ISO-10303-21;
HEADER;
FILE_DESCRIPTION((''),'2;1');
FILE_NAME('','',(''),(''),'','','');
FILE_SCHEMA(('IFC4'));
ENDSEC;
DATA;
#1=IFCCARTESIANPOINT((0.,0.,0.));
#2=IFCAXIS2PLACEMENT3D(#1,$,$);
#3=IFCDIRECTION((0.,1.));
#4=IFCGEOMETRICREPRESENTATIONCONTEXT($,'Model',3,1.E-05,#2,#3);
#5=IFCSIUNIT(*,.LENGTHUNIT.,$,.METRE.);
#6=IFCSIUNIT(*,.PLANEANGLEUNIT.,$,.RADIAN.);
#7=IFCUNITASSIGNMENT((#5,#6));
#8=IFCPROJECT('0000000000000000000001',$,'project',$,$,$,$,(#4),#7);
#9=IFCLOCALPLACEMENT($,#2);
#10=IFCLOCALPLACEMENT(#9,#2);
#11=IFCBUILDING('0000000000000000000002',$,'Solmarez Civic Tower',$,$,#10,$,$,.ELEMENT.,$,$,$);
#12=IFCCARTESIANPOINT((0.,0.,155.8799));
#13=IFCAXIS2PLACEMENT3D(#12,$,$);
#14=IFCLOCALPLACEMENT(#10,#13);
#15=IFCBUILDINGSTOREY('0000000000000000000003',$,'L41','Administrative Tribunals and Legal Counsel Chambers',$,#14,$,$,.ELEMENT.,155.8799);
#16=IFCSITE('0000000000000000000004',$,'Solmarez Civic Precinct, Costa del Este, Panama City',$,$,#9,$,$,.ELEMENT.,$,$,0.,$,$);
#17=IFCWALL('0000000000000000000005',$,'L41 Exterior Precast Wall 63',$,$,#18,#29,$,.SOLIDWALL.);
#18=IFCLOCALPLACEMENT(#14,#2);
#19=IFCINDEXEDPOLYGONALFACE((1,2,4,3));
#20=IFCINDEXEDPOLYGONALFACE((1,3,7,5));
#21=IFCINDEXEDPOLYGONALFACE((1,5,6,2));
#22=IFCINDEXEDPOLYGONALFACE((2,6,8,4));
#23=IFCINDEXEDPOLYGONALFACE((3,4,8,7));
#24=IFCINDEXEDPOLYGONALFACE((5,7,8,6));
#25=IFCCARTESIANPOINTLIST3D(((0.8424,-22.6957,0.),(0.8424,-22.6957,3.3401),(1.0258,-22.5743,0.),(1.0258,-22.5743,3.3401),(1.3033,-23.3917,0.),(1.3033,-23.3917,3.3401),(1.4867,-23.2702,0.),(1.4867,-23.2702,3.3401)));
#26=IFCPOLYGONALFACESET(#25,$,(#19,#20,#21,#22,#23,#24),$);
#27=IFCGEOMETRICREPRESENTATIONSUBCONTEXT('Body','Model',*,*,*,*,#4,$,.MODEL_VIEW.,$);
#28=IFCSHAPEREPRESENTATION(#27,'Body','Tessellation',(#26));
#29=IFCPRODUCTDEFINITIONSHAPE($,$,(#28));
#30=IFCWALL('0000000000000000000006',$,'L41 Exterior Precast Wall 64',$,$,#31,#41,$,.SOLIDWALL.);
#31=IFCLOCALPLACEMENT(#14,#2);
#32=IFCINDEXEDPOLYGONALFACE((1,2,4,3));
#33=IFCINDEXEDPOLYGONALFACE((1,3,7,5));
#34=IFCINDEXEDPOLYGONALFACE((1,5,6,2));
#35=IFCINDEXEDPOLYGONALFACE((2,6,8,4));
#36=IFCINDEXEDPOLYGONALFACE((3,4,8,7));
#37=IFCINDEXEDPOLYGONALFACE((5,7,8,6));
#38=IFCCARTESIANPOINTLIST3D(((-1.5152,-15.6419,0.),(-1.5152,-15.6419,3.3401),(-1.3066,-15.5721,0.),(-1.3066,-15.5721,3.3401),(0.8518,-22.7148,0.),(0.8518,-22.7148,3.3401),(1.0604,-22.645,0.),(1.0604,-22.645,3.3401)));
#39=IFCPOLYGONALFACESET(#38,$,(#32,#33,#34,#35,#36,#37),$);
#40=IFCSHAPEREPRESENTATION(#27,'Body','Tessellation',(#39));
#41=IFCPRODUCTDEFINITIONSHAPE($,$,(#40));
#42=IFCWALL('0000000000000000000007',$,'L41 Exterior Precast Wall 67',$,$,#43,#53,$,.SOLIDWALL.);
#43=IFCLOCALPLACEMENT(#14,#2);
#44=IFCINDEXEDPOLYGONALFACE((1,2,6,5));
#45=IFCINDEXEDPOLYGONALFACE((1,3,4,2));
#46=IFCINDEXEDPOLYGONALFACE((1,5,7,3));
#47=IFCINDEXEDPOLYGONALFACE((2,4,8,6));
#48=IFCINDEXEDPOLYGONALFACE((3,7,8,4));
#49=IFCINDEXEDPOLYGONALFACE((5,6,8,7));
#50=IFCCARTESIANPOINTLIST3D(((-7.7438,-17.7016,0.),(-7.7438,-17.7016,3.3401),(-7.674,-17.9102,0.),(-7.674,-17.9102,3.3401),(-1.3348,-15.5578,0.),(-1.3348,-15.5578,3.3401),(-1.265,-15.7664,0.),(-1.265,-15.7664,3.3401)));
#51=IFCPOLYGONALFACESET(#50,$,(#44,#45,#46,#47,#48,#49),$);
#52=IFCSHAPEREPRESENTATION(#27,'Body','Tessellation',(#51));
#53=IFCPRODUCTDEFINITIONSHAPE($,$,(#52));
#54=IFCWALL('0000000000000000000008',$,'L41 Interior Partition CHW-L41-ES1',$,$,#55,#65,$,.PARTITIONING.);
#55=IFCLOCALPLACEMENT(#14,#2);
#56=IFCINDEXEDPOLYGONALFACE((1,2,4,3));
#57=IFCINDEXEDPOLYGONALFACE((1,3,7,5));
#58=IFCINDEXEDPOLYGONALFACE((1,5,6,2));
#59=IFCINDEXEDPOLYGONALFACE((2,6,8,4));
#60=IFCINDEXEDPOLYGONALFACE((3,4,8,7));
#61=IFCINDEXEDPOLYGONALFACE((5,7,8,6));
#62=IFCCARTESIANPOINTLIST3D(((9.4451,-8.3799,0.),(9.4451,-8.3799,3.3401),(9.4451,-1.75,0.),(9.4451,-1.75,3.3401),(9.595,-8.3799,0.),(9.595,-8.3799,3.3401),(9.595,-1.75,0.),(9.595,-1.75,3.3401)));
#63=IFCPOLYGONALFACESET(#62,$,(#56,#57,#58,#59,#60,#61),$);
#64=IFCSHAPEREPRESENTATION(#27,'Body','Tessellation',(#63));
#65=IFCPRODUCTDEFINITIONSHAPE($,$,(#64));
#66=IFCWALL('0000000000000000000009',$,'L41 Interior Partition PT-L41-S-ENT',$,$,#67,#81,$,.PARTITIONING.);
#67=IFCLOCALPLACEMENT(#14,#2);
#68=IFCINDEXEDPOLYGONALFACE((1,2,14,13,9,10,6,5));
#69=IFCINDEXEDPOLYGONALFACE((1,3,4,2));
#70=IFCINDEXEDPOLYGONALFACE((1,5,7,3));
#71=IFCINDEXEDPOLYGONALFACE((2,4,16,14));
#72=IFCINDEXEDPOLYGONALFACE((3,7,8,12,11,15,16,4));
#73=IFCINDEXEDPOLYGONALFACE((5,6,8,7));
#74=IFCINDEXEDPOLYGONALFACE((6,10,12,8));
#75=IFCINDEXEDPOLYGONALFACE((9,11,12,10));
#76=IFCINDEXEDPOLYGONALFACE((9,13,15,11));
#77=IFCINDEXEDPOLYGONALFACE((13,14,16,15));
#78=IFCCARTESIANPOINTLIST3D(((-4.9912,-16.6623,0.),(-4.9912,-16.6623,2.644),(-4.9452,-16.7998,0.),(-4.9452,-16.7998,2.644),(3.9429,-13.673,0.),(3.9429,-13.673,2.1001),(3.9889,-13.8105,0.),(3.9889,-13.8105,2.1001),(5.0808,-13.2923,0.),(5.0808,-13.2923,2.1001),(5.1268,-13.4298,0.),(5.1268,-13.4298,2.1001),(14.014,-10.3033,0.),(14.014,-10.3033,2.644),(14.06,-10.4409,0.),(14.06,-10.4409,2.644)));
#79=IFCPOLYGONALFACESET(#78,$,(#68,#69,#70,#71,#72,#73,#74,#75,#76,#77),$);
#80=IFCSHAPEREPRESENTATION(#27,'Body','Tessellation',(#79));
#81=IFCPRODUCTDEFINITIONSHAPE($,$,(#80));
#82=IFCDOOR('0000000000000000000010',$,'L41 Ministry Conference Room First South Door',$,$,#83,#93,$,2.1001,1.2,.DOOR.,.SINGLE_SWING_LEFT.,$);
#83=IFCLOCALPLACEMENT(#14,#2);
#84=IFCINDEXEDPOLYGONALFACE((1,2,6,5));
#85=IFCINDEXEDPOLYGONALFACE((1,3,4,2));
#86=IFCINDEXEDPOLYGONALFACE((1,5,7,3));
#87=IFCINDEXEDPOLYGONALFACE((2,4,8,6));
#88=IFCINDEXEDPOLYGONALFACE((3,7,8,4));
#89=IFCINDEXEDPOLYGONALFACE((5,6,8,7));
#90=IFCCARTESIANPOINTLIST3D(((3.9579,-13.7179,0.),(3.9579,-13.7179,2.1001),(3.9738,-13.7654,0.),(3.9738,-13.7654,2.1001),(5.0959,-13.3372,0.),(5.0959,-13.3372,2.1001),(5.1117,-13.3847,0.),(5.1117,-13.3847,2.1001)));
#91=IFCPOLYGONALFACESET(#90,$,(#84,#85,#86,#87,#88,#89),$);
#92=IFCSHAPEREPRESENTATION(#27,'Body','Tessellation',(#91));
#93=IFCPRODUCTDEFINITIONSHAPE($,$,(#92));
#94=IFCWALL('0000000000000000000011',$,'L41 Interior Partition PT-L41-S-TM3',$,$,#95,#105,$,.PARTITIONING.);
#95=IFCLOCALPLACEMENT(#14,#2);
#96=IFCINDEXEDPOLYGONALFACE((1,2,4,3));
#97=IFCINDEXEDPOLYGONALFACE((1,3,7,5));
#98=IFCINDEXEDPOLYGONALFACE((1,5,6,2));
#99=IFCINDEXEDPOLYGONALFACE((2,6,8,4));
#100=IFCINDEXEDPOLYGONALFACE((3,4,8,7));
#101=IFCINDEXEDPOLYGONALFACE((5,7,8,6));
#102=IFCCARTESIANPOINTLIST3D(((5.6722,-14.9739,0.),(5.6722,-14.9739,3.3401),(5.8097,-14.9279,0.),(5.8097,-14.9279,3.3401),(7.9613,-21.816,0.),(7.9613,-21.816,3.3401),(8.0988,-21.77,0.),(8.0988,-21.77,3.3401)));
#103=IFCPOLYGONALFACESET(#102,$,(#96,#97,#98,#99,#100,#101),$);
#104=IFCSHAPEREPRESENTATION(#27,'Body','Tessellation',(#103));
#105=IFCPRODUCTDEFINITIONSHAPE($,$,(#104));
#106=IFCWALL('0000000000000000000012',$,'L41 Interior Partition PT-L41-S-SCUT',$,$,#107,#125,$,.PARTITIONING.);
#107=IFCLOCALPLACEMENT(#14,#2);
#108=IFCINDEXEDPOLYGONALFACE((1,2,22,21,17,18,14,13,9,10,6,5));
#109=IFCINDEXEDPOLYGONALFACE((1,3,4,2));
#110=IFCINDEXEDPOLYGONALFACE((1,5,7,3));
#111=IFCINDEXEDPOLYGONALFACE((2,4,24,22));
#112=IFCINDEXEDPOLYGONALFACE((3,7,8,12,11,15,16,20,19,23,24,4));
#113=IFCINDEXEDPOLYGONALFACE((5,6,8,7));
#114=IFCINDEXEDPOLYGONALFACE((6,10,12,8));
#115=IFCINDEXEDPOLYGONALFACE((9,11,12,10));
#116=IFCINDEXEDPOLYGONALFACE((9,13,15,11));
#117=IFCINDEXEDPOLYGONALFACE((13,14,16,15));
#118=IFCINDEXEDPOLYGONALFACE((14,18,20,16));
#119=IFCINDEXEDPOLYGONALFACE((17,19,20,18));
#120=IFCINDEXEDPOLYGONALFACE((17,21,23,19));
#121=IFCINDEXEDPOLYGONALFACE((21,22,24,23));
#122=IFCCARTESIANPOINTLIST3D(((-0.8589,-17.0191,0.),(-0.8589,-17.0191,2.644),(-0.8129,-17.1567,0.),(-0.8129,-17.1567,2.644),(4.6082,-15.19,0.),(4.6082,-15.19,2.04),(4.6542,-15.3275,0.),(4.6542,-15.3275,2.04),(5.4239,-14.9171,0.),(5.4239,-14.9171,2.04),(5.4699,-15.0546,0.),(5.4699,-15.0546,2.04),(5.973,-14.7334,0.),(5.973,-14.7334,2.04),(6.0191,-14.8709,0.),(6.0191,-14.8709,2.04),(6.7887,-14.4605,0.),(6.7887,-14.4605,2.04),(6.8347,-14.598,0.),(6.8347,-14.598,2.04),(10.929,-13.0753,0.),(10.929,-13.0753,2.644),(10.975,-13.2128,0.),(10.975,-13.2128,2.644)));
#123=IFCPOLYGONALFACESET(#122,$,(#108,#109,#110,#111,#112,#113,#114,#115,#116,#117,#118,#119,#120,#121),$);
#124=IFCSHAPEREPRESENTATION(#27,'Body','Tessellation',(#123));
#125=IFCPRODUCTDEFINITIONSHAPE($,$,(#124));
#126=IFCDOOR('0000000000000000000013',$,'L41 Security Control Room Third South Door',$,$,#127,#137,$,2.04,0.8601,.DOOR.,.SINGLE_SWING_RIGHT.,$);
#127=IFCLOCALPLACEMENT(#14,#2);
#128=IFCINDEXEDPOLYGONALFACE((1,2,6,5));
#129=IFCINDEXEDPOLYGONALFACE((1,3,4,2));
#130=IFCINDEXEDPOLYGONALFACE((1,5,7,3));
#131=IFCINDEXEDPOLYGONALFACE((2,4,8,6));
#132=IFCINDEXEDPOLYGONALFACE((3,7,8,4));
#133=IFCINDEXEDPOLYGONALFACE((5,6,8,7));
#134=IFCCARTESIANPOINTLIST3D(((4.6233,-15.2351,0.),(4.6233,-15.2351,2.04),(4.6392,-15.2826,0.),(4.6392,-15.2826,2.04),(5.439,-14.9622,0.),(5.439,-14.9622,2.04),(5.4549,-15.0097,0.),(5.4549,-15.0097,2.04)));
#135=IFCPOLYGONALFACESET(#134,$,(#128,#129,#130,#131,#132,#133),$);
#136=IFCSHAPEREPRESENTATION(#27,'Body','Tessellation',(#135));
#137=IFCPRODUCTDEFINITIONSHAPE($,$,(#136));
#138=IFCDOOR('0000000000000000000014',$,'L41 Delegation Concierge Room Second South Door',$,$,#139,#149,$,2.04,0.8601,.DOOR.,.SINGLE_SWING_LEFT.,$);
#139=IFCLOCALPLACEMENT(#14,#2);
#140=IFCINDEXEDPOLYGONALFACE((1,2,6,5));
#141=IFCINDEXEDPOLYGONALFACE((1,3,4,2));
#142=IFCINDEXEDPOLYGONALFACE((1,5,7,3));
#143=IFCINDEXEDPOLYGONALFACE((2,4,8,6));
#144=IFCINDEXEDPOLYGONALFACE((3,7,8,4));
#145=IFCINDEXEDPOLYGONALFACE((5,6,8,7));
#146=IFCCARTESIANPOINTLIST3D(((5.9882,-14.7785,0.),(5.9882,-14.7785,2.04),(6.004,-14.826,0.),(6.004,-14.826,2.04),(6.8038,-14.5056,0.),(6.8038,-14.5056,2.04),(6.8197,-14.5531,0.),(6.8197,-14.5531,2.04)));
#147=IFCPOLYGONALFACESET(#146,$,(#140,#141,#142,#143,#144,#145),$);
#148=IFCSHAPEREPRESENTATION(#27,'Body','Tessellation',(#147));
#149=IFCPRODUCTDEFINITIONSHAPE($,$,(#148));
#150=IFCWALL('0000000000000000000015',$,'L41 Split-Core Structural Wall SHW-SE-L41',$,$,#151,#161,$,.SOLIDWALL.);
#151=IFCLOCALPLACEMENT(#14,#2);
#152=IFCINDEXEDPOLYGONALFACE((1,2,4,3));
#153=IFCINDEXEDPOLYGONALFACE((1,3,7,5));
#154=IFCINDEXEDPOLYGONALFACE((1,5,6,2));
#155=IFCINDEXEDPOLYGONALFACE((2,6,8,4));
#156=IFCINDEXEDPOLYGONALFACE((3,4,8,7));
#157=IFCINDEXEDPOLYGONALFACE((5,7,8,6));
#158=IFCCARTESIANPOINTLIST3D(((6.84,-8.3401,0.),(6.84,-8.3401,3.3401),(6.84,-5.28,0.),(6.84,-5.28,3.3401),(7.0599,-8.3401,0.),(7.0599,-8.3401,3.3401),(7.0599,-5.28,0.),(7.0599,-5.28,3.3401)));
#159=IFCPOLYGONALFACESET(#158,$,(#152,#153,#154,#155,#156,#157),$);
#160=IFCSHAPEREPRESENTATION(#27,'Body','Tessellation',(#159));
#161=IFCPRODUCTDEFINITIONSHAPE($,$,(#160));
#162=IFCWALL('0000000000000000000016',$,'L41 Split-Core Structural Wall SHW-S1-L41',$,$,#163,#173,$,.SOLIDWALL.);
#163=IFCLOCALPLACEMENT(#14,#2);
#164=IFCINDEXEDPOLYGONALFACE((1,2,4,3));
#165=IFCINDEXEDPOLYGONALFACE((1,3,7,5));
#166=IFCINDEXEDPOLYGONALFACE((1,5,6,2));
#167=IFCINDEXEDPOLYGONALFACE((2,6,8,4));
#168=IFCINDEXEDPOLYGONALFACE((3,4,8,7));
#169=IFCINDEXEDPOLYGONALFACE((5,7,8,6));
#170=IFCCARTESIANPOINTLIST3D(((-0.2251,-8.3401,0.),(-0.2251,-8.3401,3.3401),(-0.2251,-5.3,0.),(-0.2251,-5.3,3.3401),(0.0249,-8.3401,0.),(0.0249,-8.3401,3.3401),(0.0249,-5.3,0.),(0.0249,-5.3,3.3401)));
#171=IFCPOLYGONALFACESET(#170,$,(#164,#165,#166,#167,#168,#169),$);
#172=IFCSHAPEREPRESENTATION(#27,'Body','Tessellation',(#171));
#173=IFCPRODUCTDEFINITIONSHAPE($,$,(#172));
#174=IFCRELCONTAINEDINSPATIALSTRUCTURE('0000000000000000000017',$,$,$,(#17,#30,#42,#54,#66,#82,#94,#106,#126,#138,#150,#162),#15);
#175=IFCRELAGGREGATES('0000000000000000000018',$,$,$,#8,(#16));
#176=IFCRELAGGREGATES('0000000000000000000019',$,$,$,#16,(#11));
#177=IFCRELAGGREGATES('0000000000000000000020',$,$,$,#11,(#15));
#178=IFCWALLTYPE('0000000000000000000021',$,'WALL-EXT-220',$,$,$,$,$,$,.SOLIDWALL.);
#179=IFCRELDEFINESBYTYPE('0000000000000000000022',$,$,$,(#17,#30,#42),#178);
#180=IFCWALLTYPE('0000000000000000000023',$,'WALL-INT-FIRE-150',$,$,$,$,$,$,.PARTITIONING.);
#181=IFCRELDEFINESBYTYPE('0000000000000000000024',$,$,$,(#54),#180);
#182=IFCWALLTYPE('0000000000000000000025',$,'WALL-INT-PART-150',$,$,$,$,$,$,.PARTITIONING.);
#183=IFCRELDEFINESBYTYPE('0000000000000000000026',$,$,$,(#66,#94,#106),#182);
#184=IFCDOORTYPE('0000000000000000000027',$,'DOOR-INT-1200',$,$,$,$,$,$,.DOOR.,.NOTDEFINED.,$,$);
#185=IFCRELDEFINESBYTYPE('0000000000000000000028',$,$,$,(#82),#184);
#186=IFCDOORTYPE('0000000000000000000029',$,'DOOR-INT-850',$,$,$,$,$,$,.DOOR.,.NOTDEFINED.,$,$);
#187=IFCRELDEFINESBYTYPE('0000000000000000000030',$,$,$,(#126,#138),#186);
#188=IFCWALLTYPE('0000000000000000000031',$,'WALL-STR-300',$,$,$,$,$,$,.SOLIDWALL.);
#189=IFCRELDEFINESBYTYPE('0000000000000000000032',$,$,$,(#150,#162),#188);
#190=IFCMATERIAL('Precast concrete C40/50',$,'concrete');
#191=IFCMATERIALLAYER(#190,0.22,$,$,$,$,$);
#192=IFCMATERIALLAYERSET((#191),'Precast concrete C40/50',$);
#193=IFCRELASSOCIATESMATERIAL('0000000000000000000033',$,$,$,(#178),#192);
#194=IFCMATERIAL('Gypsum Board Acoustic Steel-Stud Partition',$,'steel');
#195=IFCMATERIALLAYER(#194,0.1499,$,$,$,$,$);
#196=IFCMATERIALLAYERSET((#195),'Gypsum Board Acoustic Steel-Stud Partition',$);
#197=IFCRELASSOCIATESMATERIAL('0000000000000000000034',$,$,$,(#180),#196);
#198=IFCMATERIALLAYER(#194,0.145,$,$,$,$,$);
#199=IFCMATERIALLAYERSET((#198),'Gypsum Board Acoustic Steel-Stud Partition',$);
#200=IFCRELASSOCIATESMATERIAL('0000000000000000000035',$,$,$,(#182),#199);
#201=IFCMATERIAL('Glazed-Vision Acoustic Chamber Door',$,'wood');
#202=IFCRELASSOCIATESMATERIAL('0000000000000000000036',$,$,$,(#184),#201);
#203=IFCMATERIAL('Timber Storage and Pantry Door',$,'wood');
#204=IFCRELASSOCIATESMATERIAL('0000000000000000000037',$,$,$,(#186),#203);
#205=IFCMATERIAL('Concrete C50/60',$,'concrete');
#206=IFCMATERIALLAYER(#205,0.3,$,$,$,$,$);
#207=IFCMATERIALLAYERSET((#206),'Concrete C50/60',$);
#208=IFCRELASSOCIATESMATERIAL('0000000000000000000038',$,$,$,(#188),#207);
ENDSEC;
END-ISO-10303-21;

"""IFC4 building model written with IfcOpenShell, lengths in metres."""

from ifc_helpers import new_model, si_unit, direction, frame, frame_2d, origin, place, context, subcontext, project, spatial, rectangle, extrude, material, layer, layer_set, type_object, element, fill, save


model = new_model("IFC4")

# Units and contexts
model_context = context("Model", 3, precision=1e-05, world=origin(), true_north=direction((0.0, 1.0)))
body_context = subcontext(model_context, "Body", "Model", "MODEL_VIEW")
ifc_project = project(units=[si_unit("LENGTHUNIT", "METRE"), si_unit("PLANEANGLEUNIT", "RADIAN")], contexts=[model_context])

# Site, building, storey
site_placement = place(None, origin())
site = spatial("IfcSite", under=ifc_project, at=site_placement, Name="Solmarez Civic Precinct, Costa del Este, Panama City", CompositionType="ELEMENT", RefElevation=0.0)
building_placement = place(site_placement, origin())
building = spatial("IfcBuilding", under=site, at=building_placement, Name="Solmarez Civic Tower", CompositionType="ELEMENT")
storey_placement = place(building_placement, frame((0.0, 0.0, 155.8799)))
storey = spatial("IfcBuildingStorey", under=building, at=storey_placement, Name="L41", Description="Administrative Tribunals and Legal Counsel Chambers", CompositionType="ELEMENT", Elevation=155.8799)

# Shared definitions
ifc_material_1 = material(Name="Concrete C50/60", Category="concrete")

# Shared definitions
ifc_material_2 = material(Name="Precast concrete C40/50", Category="concrete")
ifc_layer_1 = layer(ifc_material_2, 0.22)
ifc_layer_set_1 = layer_set([ifc_layer_1], Name="Precast concrete C40/50")
wall_type_1 = type_object("IfcWallType", Name="WALL-EXT-220", PredefinedType="SOLIDWALL", material=ifc_layer_set_1)

# Walls
wall_1_placement = place(storey_placement, frame((1.395, -23.3311, 0.0), z_axis=(0.0, 0.0, 1.0), x_axis=(-0.552133, 0.833756, 0.0)))
element("IfcWall", 1, at=wall_1_placement, inside=storey, type_object=wall_type_1, Name="L41 Exterior Precast Wall 63", PredefinedType="SOLIDWALL", context=body_context, shape_type="SweptSolid", body=[
    extrude(rectangle(XDim=0.8347, YDim=0.22, at=frame_2d((0.4175, 0.0))), origin(), (0.0, 0.0, 1.0), 3.3401),
])
wall_2_placement = place(storey_placement, frame((0.9561, -22.6799, 0.0), z_axis=(0.0, 0.0, 1.0), x_axis=(-0.317347, 0.948309, 0.0)))
element("IfcWall", 2, at=wall_2_placement, inside=storey, type_object=wall_type_1, Name="L41 Exterior Precast Wall 64", PredefinedType="SOLIDWALL", context=body_context, shape_type="SweptSolid", body=[
    extrude(rectangle(XDim=7.4585, YDim=0.22, at=frame_2d((3.7292, 0.0))), origin(), (0.0, 0.0, 1.0), 3.3401),
])
wall_3_placement = place(storey_placement, frame((-1.3, -15.6621, 0.0), z_axis=(0.0, 0.0, 1.0), x_axis=(-0.94835, -0.317225, 0.0)))
element("IfcWall", 3, at=wall_3_placement, inside=storey, type_object=wall_type_1, Name="L41 Exterior Precast Wall 67", PredefinedType="SOLIDWALL", context=body_context, shape_type="SweptSolid", body=[
    extrude(rectangle(XDim=6.7581, YDim=0.22, at=frame_2d((3.3789, 0.0))), origin(), (0.0, 0.0, 1.0), 3.3401),
])
ifc_material_3 = material(Name="Gypsum Board Acoustic Steel-Stud Partition", Category="steel")
ifc_layer_2 = layer(ifc_material_3, 0.1499)
ifc_layer_set_2 = layer_set([ifc_layer_2], Name="Gypsum Board Acoustic Steel-Stud Partition")
wall_type_2 = type_object("IfcWallType", Name="WALL-INT-FIRE-150", PredefinedType="PARTITIONING", material=ifc_layer_set_2)
wall_4_placement = place(storey_placement, frame((9.52, -8.3799, 0.0), z_axis=(0.0, 0.0, 1.0), x_axis=(0.0, 1.0, 0.0)))
element("IfcWall", 4, at=wall_4_placement, inside=storey, type_object=wall_type_2, Name="L41 Interior Partition CHW-L41-ES1", PredefinedType="PARTITIONING", context=body_context, shape_type="SweptSolid", body=[
    extrude(rectangle(XDim=6.6299, YDim=0.1499, at=frame_2d((3.3149, 0.0))), origin(), (0.0, 0.0, 1.0), 3.3401),
])

# Wall, opening, door
ifc_layer_3 = layer(ifc_material_3, 0.145)
ifc_layer_set_3 = layer_set([ifc_layer_3], Name="Gypsum Board Acoustic Steel-Stud Partition")
wall_type_3 = type_object("IfcWallType", Name="WALL-INT-PART-150", PredefinedType="PARTITIONING", material=ifc_layer_set_3)
wall_5_placement = place(storey_placement, frame((14.0371, -10.3721, 0.0), z_axis=(0.0, 0.0, 1.0), x_axis=(-0.948326, -0.317298, 0.0)))
wall_5 = element("IfcWall", 5, at=wall_5_placement, inside=storey, type_object=wall_type_3, Name="L41 Interior Partition PT-L41-S-ENT", PredefinedType="PARTITIONING", context=body_context, shape_type="SweptSolid", body=[
    extrude(rectangle(XDim=20.0408, YDim=0.145, at=frame_2d((10.0205, 0.0))), origin(), (0.0, 0.0, 1.0), 2.644),
])
opening_1_placement = place(wall_5_placement, frame((9.4199, 0.0, 0.0)))
opening_1 = element("IfcOpeningElement", 6, at=opening_1_placement, cuts=wall_5, PredefinedType="OPENING", context=body_context, shape_type="SweptSolid", body=[
    extrude(rectangle(XDim=1.2, YDim=2.1001, at=frame_2d((0.6001, 1.05))), frame((0.0, 0.0825, 0.0), z_axis=(0.0, -1.0, 0.0), x_axis=(1.0, 0.0, 0.0)), (0.0, 0.0, 1.0), 0.165),
])
ifc_material_4 = material(Name="Glazed-Vision Acoustic Chamber Door", Category="wood")
door_type_1 = type_object("IfcDoorType", Name="DOOR-INT-1200", OperationType="NOTDEFINED", PredefinedType="DOOR", material=ifc_material_4)
door_1_placement = place(opening_1_placement, origin())
door_1 = element("IfcDoor", 7, at=door_1_placement, inside=storey, type_object=door_type_1, Name="L41 Ministry Conference Room First South Door", OperationType="SINGLE_SWING_LEFT", OverallHeight=2.1001, OverallWidth=1.2, PredefinedType="DOOR", context=body_context, shape_type="SweptSolid", body=[
    extrude(rectangle(XDim=1.2, YDim=2.1001, at=frame_2d((0.6001, 1.05))), frame((0.0, 0.0249, 0.0), z_axis=(0.0, -1.0, 0.0), x_axis=(1.0, 0.0, 0.0)), (0.0, 0.0, 1.0), 0.05),
])
fill(opening_1, door_1)

# Wall
wall_6_placement = place(storey_placement, frame((5.741, -14.9509, 0.0), z_axis=(0.0, 0.0, 1.0), x_axis=(0.317273, -0.948334, 0.0)))
element("IfcWall", 8, at=wall_6_placement, inside=storey, type_object=wall_type_3, Name="L41 Interior Partition PT-L41-S-TM3", PredefinedType="PARTITIONING", context=body_context, shape_type="SweptSolid", body=[
    extrude(rectangle(XDim=7.2148, YDim=0.145, at=frame_2d((3.6074, 0.0))), origin(), (0.0, 0.0, 1.0), 3.3401),
])

# Wall, openings, doors
wall_7_placement = place(storey_placement, frame((-0.8359, -17.0879, 0.0), z_axis=(0.0, 0.0, 1.0), x_axis=(0.948331, 0.317282, 0.0)))
wall_7 = element("IfcWall", 9, at=wall_7_placement, inside=storey, type_object=wall_type_3, Name="L41 Interior Partition PT-L41-S-SCUT", PredefinedType="PARTITIONING", context=body_context, shape_type="SweptSolid", body=[
    extrude(rectangle(XDim=12.4302, YDim=0.145, at=frame_2d((6.2151, 0.0))), origin(), (0.0, 0.0, 1.0), 2.644),
])
opening_2_placement = place(wall_7_placement, frame((5.7649, 0.0, 0.0)))
opening_2 = element("IfcOpeningElement", 10, at=opening_2_placement, cuts=wall_7, PredefinedType="OPENING", context=body_context, shape_type="SweptSolid", body=[
    extrude(rectangle(XDim=0.8601, YDim=2.04, at=frame_2d((0.4302, 1.02))), frame((0.0, 0.0825, 0.0), z_axis=(0.0, -1.0, 0.0), x_axis=(1.0, 0.0, 0.0)), (0.0, 0.0, 1.0), 0.165),
])
opening_3_placement = place(wall_7_placement, frame((7.2041, 0.0, 0.0)))
opening_3 = element("IfcOpeningElement", 11, at=opening_3_placement, cuts=wall_7, PredefinedType="OPENING", context=body_context, shape_type="SweptSolid", body=[
    extrude(rectangle(XDim=0.8601, YDim=2.04, at=frame_2d((0.4302, 1.02))), frame((0.0, 0.0825, 0.0), z_axis=(0.0, -1.0, 0.0), x_axis=(1.0, 0.0, 0.0)), (0.0, 0.0, 1.0), 0.165),
])
ifc_material_5 = material(Name="Timber Storage and Pantry Door", Category="wood")
door_type_2 = type_object("IfcDoorType", Name="DOOR-INT-850", OperationType="NOTDEFINED", PredefinedType="DOOR", material=ifc_material_5)
door_2_placement = place(opening_2_placement, origin())
door_2 = element("IfcDoor", 12, at=door_2_placement, inside=storey, type_object=door_type_2, Name="L41 Security Control Room Third South Door", OperationType="SINGLE_SWING_RIGHT", OverallHeight=2.04, OverallWidth=0.8601, PredefinedType="DOOR", context=body_context, shape_type="SweptSolid", body=[
    extrude(rectangle(XDim=0.8601, YDim=2.04, at=frame_2d((0.4302, 1.02))), frame((0.0, 0.0249, 0.0), z_axis=(0.0, -1.0, 0.0), x_axis=(1.0, 0.0, 0.0)), (0.0, 0.0, 1.0), 0.05),
])
fill(opening_2, door_2)
door_3_placement = place(opening_3_placement, origin())
door_3 = element("IfcDoor", 13, at=door_3_placement, inside=storey, type_object=door_type_2, Name="L41 Delegation Concierge Room Second South Door", OperationType="SINGLE_SWING_LEFT", OverallHeight=2.04, OverallWidth=0.8601, PredefinedType="DOOR", context=body_context, shape_type="SweptSolid", body=[
    extrude(rectangle(XDim=0.8601, YDim=2.04, at=frame_2d((0.4302, 1.02))), frame((0.0, 0.0249, 0.0), z_axis=(0.0, -1.0, 0.0), x_axis=(1.0, 0.0, 0.0)), (0.0, 0.0, 1.0), 0.05),
])
fill(opening_3, door_3)

# Walls
ifc_layer_4 = layer(ifc_material_1, 0.3)
ifc_layer_set_4 = layer_set([ifc_layer_4], Name="Concrete C50/60")
wall_type_4 = type_object("IfcWallType", Name="WALL-STR-300", PredefinedType="SOLIDWALL", material=ifc_layer_set_4)
wall_8_placement = place(storey_placement, frame((6.95, -8.3401, 0.0), z_axis=(0.0, 0.0, 1.0), x_axis=(0.0, 1.0, 0.0)))
element("IfcWall", 14, at=wall_8_placement, inside=storey, type_object=wall_type_4, Name="L41 Split-Core Structural Wall SHW-SE-L41", PredefinedType="SOLIDWALL", context=body_context, shape_type="SweptSolid", body=[
    extrude(rectangle(XDim=3.0601, YDim=0.22, at=frame_2d((1.53, 0.0))), origin(), (0.0, 0.0, 1.0), 3.3401),
])
for number, where, z_axis, x_axis, name in (
    (15, (-0.1001, -8.3401, 0.0), (0.0, 0.0, 1.0), (0.0, 1.0, 0.0), "L41 Split-Core Structural Wall SHW-S1-L41"),
):
    element("IfcWall", number, at=place(storey_placement, frame(where, z_axis=z_axis, x_axis=x_axis)), inside=storey, type_object=wall_type_4, Name=name, PredefinedType="SOLIDWALL", context=body_context, shape_type="SweptSolid", body=[
        extrude(rectangle(XDim=3.04, YDim=0.25, at=frame_2d((1.52, 0.0))), origin(), (0.0, 0.0, 1.0), 3.3401),
    ])

save(model, "model.ifc")
